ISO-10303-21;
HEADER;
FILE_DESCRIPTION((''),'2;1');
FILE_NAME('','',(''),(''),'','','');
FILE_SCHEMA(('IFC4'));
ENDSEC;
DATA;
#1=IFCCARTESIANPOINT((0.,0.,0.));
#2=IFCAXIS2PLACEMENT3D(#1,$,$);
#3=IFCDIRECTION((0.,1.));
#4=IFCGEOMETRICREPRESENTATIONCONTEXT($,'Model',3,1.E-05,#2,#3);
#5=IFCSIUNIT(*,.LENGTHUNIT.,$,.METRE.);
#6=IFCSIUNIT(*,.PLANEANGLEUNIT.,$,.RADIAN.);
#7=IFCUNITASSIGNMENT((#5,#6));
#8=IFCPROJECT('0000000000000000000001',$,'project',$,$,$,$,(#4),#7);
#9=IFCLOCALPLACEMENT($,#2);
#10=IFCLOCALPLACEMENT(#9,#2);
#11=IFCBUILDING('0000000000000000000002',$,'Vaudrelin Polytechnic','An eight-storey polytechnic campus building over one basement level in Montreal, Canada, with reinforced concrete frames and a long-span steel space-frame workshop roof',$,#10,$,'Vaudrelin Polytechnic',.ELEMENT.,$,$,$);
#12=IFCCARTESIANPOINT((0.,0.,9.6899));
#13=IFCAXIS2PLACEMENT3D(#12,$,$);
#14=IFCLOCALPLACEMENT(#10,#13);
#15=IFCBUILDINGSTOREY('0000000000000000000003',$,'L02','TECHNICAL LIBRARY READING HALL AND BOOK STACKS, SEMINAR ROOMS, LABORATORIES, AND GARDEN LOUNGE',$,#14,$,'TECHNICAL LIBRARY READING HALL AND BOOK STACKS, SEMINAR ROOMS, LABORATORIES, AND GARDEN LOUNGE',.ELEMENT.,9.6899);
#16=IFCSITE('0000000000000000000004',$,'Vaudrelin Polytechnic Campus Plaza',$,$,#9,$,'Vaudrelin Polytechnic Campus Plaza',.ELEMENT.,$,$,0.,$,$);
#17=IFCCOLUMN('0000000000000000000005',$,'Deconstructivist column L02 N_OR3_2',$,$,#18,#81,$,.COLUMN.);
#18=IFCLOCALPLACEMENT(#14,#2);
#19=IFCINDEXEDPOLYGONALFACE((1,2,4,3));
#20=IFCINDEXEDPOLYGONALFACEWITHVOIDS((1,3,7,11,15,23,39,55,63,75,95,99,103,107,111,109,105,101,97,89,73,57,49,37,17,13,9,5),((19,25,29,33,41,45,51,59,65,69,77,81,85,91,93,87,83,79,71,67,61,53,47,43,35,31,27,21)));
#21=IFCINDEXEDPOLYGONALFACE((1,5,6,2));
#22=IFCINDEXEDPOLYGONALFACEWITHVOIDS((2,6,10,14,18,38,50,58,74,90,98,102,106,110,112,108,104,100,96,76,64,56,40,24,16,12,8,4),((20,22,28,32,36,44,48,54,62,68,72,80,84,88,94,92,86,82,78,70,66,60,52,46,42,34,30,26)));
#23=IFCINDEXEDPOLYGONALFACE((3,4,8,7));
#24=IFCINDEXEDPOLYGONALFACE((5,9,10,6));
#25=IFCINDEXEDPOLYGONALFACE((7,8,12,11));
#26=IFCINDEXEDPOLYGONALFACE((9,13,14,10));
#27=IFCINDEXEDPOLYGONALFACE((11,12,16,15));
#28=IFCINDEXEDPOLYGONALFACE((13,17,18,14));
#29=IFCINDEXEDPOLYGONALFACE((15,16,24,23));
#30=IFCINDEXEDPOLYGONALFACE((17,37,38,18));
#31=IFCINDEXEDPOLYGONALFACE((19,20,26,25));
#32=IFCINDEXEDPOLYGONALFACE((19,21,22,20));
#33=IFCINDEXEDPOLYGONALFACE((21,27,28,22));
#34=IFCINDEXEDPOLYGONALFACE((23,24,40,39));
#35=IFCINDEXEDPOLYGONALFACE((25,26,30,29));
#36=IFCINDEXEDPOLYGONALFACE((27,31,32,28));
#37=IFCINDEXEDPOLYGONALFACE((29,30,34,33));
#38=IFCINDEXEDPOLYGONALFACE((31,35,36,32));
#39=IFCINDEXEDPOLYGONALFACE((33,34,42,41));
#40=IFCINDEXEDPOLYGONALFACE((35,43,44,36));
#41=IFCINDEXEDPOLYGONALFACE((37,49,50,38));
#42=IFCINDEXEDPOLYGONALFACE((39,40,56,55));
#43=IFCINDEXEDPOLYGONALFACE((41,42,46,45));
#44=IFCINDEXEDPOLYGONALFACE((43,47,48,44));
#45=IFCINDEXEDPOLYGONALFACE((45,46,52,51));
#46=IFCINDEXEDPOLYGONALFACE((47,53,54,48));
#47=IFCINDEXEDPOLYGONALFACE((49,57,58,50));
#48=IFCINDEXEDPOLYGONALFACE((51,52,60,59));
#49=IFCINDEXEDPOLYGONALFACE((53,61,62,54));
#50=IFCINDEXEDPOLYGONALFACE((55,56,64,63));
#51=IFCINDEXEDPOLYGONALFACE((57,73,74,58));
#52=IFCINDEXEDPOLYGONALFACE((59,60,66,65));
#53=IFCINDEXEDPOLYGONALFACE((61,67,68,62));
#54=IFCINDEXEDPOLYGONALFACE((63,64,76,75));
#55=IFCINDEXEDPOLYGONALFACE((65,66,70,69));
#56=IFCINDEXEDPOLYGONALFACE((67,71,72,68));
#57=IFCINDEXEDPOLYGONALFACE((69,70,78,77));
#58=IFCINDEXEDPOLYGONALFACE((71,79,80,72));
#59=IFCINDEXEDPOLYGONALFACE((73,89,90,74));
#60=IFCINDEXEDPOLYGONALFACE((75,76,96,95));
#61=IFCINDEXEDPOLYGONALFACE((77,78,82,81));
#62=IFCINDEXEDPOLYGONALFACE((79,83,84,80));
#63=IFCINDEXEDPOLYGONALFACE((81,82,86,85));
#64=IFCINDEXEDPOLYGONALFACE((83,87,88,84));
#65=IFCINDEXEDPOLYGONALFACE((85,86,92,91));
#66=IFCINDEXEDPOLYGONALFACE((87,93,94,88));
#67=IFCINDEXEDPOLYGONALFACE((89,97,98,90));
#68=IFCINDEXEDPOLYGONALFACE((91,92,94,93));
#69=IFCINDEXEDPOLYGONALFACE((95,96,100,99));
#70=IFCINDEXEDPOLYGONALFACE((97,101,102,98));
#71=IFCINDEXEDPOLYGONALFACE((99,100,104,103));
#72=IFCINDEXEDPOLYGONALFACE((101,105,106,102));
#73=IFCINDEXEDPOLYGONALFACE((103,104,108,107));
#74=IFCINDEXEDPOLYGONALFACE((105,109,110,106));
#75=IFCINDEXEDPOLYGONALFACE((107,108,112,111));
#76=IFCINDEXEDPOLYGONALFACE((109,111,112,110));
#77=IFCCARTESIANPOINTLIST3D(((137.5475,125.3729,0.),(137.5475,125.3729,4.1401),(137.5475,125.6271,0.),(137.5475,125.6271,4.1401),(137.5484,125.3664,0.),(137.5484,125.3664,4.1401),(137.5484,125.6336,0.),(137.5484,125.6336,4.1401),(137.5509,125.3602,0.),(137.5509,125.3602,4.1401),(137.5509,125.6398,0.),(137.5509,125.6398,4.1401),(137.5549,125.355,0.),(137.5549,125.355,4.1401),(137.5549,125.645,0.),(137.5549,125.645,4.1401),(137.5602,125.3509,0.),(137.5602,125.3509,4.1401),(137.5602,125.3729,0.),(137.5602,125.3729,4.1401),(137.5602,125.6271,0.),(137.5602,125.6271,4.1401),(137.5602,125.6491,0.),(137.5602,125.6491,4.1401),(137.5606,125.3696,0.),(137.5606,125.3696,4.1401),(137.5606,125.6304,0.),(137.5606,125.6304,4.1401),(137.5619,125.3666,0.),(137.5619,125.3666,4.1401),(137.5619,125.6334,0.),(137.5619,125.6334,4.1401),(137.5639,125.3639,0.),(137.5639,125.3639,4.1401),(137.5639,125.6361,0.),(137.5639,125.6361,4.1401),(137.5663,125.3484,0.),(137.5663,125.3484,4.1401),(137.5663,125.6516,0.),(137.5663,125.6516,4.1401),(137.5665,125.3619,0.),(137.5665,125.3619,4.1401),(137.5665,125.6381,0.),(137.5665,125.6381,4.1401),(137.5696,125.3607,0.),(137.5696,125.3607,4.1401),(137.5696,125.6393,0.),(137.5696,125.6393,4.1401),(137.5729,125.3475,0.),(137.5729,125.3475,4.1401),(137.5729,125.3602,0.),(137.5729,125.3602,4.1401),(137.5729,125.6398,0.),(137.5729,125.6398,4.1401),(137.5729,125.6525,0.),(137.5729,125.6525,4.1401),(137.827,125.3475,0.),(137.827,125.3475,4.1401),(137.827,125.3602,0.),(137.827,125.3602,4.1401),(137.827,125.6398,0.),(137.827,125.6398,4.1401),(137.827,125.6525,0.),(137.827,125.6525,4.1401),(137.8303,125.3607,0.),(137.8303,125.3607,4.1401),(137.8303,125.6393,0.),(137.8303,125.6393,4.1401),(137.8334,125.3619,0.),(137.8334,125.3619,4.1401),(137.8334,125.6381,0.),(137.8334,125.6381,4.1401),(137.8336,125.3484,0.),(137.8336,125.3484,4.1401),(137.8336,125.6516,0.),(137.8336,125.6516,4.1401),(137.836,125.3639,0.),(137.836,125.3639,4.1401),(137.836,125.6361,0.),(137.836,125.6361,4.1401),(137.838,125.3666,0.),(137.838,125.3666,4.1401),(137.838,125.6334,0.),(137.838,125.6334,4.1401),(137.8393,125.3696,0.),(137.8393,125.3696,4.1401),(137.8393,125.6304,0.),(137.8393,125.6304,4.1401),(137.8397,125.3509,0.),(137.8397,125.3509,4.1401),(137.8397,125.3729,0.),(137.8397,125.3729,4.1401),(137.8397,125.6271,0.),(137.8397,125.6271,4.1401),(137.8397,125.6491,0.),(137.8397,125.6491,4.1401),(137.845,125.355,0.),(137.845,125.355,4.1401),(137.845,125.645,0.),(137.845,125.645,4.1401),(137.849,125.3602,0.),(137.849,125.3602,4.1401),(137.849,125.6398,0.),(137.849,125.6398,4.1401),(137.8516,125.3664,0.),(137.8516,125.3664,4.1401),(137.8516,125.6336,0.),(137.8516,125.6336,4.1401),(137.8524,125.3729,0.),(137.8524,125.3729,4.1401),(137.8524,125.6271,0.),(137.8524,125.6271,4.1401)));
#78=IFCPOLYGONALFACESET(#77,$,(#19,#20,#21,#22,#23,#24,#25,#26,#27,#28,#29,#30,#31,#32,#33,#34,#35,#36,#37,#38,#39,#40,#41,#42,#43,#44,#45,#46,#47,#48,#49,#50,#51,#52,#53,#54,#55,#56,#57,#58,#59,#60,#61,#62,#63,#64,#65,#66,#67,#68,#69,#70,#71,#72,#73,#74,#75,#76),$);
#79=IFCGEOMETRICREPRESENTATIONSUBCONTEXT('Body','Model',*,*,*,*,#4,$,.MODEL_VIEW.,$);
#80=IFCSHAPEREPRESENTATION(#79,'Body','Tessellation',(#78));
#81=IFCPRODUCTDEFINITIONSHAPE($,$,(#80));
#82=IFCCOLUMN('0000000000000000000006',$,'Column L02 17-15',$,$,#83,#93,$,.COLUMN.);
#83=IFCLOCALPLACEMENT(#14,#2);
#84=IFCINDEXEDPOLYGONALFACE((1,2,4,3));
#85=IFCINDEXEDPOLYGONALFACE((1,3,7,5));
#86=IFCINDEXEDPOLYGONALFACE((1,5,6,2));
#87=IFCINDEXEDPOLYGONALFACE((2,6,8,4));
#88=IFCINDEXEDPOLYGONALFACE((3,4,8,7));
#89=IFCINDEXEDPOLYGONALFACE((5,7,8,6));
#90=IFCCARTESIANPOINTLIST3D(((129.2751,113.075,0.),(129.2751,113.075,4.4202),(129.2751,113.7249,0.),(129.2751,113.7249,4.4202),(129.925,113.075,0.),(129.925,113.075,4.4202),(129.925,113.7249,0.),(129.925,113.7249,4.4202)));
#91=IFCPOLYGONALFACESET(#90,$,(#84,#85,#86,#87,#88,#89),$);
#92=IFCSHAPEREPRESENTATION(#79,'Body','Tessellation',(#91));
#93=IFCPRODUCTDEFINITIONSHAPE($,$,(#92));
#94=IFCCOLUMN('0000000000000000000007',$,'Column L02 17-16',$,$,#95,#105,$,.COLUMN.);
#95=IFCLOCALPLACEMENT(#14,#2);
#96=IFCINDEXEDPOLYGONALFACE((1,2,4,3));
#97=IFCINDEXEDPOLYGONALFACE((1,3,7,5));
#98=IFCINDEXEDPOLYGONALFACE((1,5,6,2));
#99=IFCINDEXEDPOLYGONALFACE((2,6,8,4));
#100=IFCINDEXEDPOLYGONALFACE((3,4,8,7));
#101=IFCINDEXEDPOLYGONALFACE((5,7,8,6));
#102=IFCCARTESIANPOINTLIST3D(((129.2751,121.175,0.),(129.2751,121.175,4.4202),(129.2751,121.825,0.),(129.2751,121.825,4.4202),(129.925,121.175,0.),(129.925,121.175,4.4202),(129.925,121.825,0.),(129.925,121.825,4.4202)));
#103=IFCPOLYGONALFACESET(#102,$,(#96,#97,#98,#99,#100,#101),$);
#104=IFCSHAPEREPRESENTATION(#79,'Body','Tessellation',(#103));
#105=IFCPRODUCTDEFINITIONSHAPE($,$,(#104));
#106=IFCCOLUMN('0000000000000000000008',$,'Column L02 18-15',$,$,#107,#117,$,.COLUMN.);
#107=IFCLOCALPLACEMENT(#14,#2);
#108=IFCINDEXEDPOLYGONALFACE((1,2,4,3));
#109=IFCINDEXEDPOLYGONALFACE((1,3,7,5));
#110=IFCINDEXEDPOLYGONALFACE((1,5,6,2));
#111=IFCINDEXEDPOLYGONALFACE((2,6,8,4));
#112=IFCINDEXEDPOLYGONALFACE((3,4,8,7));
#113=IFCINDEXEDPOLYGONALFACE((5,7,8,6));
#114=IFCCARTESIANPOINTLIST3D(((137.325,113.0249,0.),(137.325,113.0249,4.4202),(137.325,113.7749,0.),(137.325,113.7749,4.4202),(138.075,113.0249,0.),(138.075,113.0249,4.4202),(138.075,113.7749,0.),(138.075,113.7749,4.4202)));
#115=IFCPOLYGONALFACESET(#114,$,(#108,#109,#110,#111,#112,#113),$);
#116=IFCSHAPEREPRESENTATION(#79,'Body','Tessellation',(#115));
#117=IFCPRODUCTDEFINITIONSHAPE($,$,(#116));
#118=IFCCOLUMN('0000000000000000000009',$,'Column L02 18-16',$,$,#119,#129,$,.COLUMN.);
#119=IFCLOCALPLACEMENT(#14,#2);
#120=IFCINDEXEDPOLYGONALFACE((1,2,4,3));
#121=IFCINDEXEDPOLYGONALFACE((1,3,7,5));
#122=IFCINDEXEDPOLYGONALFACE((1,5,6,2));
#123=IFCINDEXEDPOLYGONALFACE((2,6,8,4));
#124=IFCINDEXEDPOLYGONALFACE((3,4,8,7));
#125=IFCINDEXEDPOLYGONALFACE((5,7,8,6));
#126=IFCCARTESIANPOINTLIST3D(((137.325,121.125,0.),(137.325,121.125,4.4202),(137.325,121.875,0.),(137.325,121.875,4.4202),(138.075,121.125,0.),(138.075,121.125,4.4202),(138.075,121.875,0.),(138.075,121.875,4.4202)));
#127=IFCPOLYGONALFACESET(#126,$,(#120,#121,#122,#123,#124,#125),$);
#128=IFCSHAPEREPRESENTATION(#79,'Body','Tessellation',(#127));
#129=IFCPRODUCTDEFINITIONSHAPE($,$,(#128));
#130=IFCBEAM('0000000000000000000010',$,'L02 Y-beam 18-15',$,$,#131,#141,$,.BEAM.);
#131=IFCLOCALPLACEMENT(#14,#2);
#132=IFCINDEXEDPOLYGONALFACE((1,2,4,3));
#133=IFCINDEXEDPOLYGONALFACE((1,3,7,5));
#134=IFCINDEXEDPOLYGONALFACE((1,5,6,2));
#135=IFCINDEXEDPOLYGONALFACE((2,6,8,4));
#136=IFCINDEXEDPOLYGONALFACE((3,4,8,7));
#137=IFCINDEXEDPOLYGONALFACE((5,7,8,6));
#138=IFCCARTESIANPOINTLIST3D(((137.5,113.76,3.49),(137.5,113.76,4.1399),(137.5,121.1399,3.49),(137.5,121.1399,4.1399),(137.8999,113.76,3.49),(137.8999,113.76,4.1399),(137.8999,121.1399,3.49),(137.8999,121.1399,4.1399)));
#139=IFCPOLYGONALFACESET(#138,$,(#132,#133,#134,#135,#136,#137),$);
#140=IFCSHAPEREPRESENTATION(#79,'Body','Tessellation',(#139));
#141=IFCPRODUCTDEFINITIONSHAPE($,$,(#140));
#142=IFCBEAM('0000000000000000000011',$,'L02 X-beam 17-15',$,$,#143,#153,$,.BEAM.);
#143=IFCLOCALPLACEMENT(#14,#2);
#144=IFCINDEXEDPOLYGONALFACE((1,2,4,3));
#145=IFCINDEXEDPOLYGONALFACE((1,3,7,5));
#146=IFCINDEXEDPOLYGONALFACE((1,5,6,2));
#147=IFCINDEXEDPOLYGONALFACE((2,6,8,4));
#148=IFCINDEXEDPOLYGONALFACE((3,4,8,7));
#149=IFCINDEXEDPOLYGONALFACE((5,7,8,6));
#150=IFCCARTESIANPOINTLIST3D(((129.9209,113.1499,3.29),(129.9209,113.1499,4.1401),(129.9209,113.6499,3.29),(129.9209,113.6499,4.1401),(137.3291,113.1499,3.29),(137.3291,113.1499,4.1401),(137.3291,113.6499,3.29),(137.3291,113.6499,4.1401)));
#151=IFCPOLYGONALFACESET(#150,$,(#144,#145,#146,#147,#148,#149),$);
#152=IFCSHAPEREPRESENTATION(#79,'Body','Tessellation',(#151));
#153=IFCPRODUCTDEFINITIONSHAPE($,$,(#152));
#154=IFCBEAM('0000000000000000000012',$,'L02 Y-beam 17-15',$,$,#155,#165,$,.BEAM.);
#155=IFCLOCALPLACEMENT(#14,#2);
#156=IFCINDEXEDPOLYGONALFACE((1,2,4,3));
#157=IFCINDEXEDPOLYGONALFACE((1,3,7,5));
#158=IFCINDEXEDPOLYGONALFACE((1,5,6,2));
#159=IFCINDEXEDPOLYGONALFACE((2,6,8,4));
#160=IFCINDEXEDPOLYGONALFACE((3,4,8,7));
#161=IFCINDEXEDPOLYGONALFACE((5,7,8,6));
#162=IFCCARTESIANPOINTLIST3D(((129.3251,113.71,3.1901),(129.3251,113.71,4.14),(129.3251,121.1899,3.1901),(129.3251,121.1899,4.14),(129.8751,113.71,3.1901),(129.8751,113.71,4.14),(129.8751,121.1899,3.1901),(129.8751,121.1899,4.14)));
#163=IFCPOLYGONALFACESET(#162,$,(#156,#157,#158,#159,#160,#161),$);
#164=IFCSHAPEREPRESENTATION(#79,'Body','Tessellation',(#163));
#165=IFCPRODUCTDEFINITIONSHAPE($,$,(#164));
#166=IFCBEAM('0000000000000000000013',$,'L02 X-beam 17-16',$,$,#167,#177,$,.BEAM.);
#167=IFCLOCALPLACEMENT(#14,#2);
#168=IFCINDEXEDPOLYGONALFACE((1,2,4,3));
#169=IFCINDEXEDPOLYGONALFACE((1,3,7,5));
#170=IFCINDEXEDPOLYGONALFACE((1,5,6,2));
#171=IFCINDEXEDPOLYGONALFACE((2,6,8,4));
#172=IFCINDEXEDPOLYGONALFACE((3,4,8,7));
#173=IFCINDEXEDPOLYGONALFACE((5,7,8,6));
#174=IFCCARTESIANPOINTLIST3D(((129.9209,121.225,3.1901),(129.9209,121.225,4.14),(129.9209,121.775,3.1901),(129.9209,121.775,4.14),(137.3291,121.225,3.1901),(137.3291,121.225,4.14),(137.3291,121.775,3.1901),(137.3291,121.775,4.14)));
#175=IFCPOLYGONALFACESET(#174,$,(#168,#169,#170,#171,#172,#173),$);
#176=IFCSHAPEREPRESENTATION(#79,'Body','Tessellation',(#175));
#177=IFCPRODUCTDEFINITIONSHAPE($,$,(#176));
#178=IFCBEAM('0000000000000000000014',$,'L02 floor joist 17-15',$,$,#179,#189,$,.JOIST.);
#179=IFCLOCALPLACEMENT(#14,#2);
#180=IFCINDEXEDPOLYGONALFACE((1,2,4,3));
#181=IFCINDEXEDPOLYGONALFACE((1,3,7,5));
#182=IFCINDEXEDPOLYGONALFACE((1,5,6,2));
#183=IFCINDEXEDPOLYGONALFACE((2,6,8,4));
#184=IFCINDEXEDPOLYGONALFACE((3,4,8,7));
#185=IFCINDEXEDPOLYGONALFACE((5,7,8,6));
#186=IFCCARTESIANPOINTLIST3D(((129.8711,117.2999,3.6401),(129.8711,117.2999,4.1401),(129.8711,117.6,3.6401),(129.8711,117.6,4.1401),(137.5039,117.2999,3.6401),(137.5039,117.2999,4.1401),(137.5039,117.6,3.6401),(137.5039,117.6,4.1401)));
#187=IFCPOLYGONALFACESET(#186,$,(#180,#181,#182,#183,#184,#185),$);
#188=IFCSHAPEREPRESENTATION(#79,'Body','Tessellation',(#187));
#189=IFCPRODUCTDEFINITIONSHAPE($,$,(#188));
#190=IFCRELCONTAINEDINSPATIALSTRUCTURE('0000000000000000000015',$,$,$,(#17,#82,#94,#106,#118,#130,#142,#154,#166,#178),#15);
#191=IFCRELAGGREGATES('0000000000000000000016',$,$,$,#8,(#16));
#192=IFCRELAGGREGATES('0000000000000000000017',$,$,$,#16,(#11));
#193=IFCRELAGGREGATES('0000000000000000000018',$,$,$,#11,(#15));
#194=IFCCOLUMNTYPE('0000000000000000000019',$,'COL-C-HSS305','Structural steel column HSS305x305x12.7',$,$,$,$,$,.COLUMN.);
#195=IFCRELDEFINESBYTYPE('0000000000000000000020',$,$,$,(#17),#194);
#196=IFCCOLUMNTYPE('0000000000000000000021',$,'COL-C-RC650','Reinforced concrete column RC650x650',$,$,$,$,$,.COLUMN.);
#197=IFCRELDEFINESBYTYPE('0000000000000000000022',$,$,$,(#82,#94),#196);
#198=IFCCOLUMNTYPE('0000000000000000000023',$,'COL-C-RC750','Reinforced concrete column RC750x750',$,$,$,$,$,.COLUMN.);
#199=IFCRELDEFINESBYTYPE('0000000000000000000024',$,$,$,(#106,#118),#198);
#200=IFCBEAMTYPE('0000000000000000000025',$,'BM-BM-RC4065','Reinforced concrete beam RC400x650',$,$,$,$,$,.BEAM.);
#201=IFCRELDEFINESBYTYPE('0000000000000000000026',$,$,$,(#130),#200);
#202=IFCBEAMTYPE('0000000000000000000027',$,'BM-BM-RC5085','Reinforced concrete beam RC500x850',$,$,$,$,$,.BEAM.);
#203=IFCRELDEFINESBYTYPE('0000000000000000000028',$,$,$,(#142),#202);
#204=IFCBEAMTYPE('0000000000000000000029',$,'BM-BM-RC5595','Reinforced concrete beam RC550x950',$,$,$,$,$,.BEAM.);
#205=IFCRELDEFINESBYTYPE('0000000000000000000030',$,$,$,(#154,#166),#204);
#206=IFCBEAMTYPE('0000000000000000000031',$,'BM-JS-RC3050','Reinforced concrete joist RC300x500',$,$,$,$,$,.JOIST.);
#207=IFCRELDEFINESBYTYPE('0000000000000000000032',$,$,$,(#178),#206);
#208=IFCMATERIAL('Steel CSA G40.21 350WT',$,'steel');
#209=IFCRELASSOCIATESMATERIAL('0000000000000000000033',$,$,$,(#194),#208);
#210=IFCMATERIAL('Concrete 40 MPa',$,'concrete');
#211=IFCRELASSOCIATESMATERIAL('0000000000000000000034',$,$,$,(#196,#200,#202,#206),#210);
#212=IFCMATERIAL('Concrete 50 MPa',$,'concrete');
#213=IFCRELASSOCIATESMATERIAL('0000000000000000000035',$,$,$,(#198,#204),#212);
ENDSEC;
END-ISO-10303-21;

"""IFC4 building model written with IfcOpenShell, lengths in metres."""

from ifc_helpers import new_model, si_unit, direction, frame, origin, origin_2d, place, context, subcontext, project, spatial, rectangle, hollow_rectangle, extrude, material, material_profile, profile_set, type_object, element, save


model = new_model("IFC4")

# Units and contexts
model_context = context("Model", 3, precision=1e-05, world=origin(), true_north=direction((0.0, 1.0)))
body_context = subcontext(model_context, "Body", "Model", "MODEL_VIEW")
ifc_project = project(units=[si_unit("LENGTHUNIT", "METRE"), si_unit("PLANEANGLEUNIT", "RADIAN")], contexts=[model_context])

# Site, building, storey
site_placement = place(None, origin())
site = spatial("IfcSite", under=ifc_project, at=site_placement, Name="Vaudrelin Polytechnic Campus Plaza", LongName="Vaudrelin Polytechnic Campus Plaza", CompositionType="ELEMENT", RefElevation=0.0)
building_placement = place(site_placement, origin())
building = spatial("IfcBuilding", under=site, at=building_placement, Name="Vaudrelin Polytechnic", Description="An eight-storey polytechnic campus building over one basement level in Montreal, Canada, with reinforced concrete frames and a long-span steel space-frame workshop roof", LongName="Vaudrelin Polytechnic", CompositionType="ELEMENT")
storey_placement = place(building_placement, frame((0.0, 0.0, 9.6899)))
storey = spatial("IfcBuildingStorey", under=building, at=storey_placement, Name="L02", Description="TECHNICAL LIBRARY READING HALL AND BOOK STACKS, SEMINAR ROOMS, LABORATORIES, AND GARDEN LOUNGE", LongName="TECHNICAL LIBRARY READING HALL AND BOOK STACKS, SEMINAR ROOMS, LABORATORIES, AND GARDEN LOUNGE", CompositionType="ELEMENT", Elevation=9.6899)

# Columns
ifc_material_1 = material(Name="Steel CSA G40.21 350WT", Category="steel")
ifc_material_profile_1 = material_profile(ifc_material_1, hollow_rectangle(XDim=0.3049, YDim=0.3049, WallThickness=0.0127, InnerFilletRadius=0.0127, OuterFilletRadius=0.0254, at=origin_2d()), Name="HSS305x305x12.7")
ifc_profile_set_1 = profile_set([ifc_material_profile_1], Name="Steel CSA G40.21 350WT")
column_type_1 = type_object("IfcColumnType", Name="COL-C-HSS305", Description="Structural steel column HSS305x305x12.7", PredefinedType="COLUMN", material=ifc_profile_set_1)
column_placement = place(storey_placement, frame((137.7, 125.5, 0.0), z_axis=(0.0, 0.0, 1.0), x_axis=(1.0, 0.0, 0.0)))
element("IfcColumn", 1, at=column_placement, inside=storey, type_object=column_type_1, Name="Deconstructivist column L02 N_OR3_2", PredefinedType="COLUMN", context=body_context, shape_type="SweptSolid", body=[
    extrude(hollow_rectangle(XDim=0.3049, YDim=0.3049, WallThickness=0.0127, InnerFilletRadius=0.0127, OuterFilletRadius=0.0254, at=origin_2d()), origin(), (0.0, 0.0, 1.0), 4.1401),
])
ifc_material_2 = material(Name="Concrete 40 MPa", Category="concrete")
ifc_material_profile_2 = material_profile(ifc_material_2, rectangle(XDim=0.6499, YDim=0.6499, at=origin_2d()), Name="RC650x650")
ifc_profile_set_2 = profile_set([ifc_material_profile_2], Name="Concrete 40 MPa")
column_type_2 = type_object("IfcColumnType", Name="COL-C-RC650", Description="Reinforced concrete column RC650x650", PredefinedType="COLUMN", material=ifc_profile_set_2)
for number, where, z_axis, x_axis, name in (
    (2, (129.6001, 113.3999, 0.0), (0.0, 0.0, 1.0), (1.0, 0.0, 0.0), "Column L02 17-15"),
    (3, (129.6001, 121.5, 0.0), (0.0, 0.0, 1.0), (1.0, 0.0, 0.0), "Column L02 17-16"),
):
    element("IfcColumn", number, at=place(storey_placement, frame(where, z_axis=z_axis, x_axis=x_axis)), inside=storey, type_object=column_type_2, Name=name, PredefinedType="COLUMN", context=body_context, shape_type="SweptSolid", body=[
        extrude(rectangle(XDim=0.6499, YDim=0.6499, at=origin_2d()), origin(), (0.0, 0.0, 1.0), 4.4202),
    ])
ifc_material_3 = material(Name="Concrete 50 MPa", Category="concrete")
ifc_material_profile_3 = material_profile(ifc_material_3, rectangle(XDim=0.75, YDim=0.75, at=origin_2d()), Name="RC750x750")
ifc_profile_set_3 = profile_set([ifc_material_profile_3], Name="Concrete 50 MPa")
column_type_3 = type_object("IfcColumnType", Name="COL-C-RC750", Description="Reinforced concrete column RC750x750", PredefinedType="COLUMN", material=ifc_profile_set_3)
for number, where, z_axis, x_axis, name in (
    (4, (137.7, 113.3999, 0.0), (0.0, 0.0, 1.0), (1.0, 0.0, 0.0), "Column L02 18-15"),
    (5, (137.7, 121.5, 0.0), (0.0, 0.0, 1.0), (1.0, 0.0, 0.0), "Column L02 18-16"),
):
    element("IfcColumn", number, at=place(storey_placement, frame(where, z_axis=z_axis, x_axis=x_axis)), inside=storey, type_object=column_type_3, Name=name, PredefinedType="COLUMN", context=body_context, shape_type="SweptSolid", body=[
        extrude(rectangle(XDim=0.75, YDim=0.75, at=origin_2d()), origin(), (0.0, 0.0, 1.0), 4.4202),
    ])

# Beams
ifc_material_profile_4 = material_profile(ifc_material_2, rectangle(XDim=0.3999, YDim=0.6499, at=origin_2d()), Name="RC400x650")
ifc_profile_set_4 = profile_set([ifc_material_profile_4], Name="Concrete 40 MPa")
beam_type_1 = type_object("IfcBeamType", Name="BM-BM-RC4065", Description="Reinforced concrete beam RC400x650", PredefinedType="BEAM", material=ifc_profile_set_4)
beam_1_placement = place(storey_placement, frame((137.7, 113.76, 3.8149), z_axis=(0.0, 1.0, 0.0), x_axis=(-1.0, 0.0, 0.0)))
element("IfcBeam", 6, at=beam_1_placement, inside=storey, type_object=beam_type_1, Name="L02 Y-beam 18-15", PredefinedType="BEAM", context=body_context, shape_type="SweptSolid", body=[
    extrude(rectangle(XDim=0.3999, YDim=0.6499, at=origin_2d()), origin(), (0.0, 0.0, 1.0), 7.3799),
])
ifc_material_profile_5 = material_profile(ifc_material_2, rectangle(XDim=0.5, YDim=0.8501, at=origin_2d()), Name="RC500x850")
ifc_profile_set_5 = profile_set([ifc_material_profile_5], Name="Concrete 40 MPa")
beam_type_2 = type_object("IfcBeamType", Name="BM-BM-RC5085", Description="Reinforced concrete beam RC500x850", PredefinedType="BEAM", material=ifc_profile_set_5)
beam_2_placement = place(storey_placement, frame((129.9209, 113.3999, 3.7151), z_axis=(1.0, 0.0, 0.0), x_axis=(0.0, 1.0, 0.0)))
element("IfcBeam", 7, at=beam_2_placement, inside=storey, type_object=beam_type_2, Name="L02 X-beam 17-15", PredefinedType="BEAM", context=body_context, shape_type="SweptSolid", body=[
    extrude(rectangle(XDim=0.5, YDim=0.8501, at=origin_2d()), origin(), (0.0, 0.0, 1.0), 7.4082),
])
ifc_material_profile_6 = material_profile(ifc_material_3, rectangle(XDim=0.55, YDim=0.95, at=origin_2d()), Name="RC550x950")
ifc_profile_set_6 = profile_set([ifc_material_profile_6], Name="Concrete 50 MPa")
beam_type_3 = type_object("IfcBeamType", Name="BM-BM-RC5595", Description="Reinforced concrete beam RC550x950", PredefinedType="BEAM", material=ifc_profile_set_6)
beam_3_placement = place(storey_placement, frame((129.6001, 113.71, 3.665), z_axis=(0.0, 1.0, 0.0), x_axis=(-1.0, 0.0, 0.0)))
element("IfcBeam", 8, at=beam_3_placement, inside=storey, type_object=beam_type_3, Name="L02 Y-beam 17-15", PredefinedType="BEAM", context=body_context, shape_type="SweptSolid", body=[
    extrude(rectangle(XDim=0.55, YDim=0.95, at=origin_2d()), origin(), (0.0, 0.0, 1.0), 7.48),
])
beam_4_placement = place(storey_placement, frame((129.9209, 121.5, 3.665), z_axis=(1.0, 0.0, 0.0), x_axis=(0.0, 1.0, 0.0)))
element("IfcBeam", 9, at=beam_4_placement, inside=storey, type_object=beam_type_3, Name="L02 X-beam 17-16", PredefinedType="BEAM", context=body_context, shape_type="SweptSolid", body=[
    extrude(rectangle(XDim=0.55, YDim=0.95, at=origin_2d()), origin(), (0.0, 0.0, 1.0), 7.4082),
])
ifc_material_profile_7 = material_profile(ifc_material_2, rectangle(XDim=0.3, YDim=0.5, at=origin_2d()), Name="RC300x500")
ifc_profile_set_7 = profile_set([ifc_material_profile_7], Name="Concrete 40 MPa")
beam_type_4 = type_object("IfcBeamType", Name="BM-JS-RC3050", Description="Reinforced concrete joist RC300x500", PredefinedType="JOIST", material=ifc_profile_set_7)
beam_5_placement = place(storey_placement, frame((129.8711, 117.45, 3.8901), z_axis=(1.0, 0.0, 0.0), x_axis=(0.0, 1.0, 0.0)))
element("IfcBeam", 10, at=beam_5_placement, inside=storey, type_object=beam_type_4, Name="L02 floor joist 17-15", PredefinedType="JOIST", context=body_context, shape_type="SweptSolid", body=[
    extrude(rectangle(XDim=0.3, YDim=0.5, at=origin_2d()), origin(), (0.0, 0.0, 1.0), 7.6328),
])

save(model, "model.ifc")
